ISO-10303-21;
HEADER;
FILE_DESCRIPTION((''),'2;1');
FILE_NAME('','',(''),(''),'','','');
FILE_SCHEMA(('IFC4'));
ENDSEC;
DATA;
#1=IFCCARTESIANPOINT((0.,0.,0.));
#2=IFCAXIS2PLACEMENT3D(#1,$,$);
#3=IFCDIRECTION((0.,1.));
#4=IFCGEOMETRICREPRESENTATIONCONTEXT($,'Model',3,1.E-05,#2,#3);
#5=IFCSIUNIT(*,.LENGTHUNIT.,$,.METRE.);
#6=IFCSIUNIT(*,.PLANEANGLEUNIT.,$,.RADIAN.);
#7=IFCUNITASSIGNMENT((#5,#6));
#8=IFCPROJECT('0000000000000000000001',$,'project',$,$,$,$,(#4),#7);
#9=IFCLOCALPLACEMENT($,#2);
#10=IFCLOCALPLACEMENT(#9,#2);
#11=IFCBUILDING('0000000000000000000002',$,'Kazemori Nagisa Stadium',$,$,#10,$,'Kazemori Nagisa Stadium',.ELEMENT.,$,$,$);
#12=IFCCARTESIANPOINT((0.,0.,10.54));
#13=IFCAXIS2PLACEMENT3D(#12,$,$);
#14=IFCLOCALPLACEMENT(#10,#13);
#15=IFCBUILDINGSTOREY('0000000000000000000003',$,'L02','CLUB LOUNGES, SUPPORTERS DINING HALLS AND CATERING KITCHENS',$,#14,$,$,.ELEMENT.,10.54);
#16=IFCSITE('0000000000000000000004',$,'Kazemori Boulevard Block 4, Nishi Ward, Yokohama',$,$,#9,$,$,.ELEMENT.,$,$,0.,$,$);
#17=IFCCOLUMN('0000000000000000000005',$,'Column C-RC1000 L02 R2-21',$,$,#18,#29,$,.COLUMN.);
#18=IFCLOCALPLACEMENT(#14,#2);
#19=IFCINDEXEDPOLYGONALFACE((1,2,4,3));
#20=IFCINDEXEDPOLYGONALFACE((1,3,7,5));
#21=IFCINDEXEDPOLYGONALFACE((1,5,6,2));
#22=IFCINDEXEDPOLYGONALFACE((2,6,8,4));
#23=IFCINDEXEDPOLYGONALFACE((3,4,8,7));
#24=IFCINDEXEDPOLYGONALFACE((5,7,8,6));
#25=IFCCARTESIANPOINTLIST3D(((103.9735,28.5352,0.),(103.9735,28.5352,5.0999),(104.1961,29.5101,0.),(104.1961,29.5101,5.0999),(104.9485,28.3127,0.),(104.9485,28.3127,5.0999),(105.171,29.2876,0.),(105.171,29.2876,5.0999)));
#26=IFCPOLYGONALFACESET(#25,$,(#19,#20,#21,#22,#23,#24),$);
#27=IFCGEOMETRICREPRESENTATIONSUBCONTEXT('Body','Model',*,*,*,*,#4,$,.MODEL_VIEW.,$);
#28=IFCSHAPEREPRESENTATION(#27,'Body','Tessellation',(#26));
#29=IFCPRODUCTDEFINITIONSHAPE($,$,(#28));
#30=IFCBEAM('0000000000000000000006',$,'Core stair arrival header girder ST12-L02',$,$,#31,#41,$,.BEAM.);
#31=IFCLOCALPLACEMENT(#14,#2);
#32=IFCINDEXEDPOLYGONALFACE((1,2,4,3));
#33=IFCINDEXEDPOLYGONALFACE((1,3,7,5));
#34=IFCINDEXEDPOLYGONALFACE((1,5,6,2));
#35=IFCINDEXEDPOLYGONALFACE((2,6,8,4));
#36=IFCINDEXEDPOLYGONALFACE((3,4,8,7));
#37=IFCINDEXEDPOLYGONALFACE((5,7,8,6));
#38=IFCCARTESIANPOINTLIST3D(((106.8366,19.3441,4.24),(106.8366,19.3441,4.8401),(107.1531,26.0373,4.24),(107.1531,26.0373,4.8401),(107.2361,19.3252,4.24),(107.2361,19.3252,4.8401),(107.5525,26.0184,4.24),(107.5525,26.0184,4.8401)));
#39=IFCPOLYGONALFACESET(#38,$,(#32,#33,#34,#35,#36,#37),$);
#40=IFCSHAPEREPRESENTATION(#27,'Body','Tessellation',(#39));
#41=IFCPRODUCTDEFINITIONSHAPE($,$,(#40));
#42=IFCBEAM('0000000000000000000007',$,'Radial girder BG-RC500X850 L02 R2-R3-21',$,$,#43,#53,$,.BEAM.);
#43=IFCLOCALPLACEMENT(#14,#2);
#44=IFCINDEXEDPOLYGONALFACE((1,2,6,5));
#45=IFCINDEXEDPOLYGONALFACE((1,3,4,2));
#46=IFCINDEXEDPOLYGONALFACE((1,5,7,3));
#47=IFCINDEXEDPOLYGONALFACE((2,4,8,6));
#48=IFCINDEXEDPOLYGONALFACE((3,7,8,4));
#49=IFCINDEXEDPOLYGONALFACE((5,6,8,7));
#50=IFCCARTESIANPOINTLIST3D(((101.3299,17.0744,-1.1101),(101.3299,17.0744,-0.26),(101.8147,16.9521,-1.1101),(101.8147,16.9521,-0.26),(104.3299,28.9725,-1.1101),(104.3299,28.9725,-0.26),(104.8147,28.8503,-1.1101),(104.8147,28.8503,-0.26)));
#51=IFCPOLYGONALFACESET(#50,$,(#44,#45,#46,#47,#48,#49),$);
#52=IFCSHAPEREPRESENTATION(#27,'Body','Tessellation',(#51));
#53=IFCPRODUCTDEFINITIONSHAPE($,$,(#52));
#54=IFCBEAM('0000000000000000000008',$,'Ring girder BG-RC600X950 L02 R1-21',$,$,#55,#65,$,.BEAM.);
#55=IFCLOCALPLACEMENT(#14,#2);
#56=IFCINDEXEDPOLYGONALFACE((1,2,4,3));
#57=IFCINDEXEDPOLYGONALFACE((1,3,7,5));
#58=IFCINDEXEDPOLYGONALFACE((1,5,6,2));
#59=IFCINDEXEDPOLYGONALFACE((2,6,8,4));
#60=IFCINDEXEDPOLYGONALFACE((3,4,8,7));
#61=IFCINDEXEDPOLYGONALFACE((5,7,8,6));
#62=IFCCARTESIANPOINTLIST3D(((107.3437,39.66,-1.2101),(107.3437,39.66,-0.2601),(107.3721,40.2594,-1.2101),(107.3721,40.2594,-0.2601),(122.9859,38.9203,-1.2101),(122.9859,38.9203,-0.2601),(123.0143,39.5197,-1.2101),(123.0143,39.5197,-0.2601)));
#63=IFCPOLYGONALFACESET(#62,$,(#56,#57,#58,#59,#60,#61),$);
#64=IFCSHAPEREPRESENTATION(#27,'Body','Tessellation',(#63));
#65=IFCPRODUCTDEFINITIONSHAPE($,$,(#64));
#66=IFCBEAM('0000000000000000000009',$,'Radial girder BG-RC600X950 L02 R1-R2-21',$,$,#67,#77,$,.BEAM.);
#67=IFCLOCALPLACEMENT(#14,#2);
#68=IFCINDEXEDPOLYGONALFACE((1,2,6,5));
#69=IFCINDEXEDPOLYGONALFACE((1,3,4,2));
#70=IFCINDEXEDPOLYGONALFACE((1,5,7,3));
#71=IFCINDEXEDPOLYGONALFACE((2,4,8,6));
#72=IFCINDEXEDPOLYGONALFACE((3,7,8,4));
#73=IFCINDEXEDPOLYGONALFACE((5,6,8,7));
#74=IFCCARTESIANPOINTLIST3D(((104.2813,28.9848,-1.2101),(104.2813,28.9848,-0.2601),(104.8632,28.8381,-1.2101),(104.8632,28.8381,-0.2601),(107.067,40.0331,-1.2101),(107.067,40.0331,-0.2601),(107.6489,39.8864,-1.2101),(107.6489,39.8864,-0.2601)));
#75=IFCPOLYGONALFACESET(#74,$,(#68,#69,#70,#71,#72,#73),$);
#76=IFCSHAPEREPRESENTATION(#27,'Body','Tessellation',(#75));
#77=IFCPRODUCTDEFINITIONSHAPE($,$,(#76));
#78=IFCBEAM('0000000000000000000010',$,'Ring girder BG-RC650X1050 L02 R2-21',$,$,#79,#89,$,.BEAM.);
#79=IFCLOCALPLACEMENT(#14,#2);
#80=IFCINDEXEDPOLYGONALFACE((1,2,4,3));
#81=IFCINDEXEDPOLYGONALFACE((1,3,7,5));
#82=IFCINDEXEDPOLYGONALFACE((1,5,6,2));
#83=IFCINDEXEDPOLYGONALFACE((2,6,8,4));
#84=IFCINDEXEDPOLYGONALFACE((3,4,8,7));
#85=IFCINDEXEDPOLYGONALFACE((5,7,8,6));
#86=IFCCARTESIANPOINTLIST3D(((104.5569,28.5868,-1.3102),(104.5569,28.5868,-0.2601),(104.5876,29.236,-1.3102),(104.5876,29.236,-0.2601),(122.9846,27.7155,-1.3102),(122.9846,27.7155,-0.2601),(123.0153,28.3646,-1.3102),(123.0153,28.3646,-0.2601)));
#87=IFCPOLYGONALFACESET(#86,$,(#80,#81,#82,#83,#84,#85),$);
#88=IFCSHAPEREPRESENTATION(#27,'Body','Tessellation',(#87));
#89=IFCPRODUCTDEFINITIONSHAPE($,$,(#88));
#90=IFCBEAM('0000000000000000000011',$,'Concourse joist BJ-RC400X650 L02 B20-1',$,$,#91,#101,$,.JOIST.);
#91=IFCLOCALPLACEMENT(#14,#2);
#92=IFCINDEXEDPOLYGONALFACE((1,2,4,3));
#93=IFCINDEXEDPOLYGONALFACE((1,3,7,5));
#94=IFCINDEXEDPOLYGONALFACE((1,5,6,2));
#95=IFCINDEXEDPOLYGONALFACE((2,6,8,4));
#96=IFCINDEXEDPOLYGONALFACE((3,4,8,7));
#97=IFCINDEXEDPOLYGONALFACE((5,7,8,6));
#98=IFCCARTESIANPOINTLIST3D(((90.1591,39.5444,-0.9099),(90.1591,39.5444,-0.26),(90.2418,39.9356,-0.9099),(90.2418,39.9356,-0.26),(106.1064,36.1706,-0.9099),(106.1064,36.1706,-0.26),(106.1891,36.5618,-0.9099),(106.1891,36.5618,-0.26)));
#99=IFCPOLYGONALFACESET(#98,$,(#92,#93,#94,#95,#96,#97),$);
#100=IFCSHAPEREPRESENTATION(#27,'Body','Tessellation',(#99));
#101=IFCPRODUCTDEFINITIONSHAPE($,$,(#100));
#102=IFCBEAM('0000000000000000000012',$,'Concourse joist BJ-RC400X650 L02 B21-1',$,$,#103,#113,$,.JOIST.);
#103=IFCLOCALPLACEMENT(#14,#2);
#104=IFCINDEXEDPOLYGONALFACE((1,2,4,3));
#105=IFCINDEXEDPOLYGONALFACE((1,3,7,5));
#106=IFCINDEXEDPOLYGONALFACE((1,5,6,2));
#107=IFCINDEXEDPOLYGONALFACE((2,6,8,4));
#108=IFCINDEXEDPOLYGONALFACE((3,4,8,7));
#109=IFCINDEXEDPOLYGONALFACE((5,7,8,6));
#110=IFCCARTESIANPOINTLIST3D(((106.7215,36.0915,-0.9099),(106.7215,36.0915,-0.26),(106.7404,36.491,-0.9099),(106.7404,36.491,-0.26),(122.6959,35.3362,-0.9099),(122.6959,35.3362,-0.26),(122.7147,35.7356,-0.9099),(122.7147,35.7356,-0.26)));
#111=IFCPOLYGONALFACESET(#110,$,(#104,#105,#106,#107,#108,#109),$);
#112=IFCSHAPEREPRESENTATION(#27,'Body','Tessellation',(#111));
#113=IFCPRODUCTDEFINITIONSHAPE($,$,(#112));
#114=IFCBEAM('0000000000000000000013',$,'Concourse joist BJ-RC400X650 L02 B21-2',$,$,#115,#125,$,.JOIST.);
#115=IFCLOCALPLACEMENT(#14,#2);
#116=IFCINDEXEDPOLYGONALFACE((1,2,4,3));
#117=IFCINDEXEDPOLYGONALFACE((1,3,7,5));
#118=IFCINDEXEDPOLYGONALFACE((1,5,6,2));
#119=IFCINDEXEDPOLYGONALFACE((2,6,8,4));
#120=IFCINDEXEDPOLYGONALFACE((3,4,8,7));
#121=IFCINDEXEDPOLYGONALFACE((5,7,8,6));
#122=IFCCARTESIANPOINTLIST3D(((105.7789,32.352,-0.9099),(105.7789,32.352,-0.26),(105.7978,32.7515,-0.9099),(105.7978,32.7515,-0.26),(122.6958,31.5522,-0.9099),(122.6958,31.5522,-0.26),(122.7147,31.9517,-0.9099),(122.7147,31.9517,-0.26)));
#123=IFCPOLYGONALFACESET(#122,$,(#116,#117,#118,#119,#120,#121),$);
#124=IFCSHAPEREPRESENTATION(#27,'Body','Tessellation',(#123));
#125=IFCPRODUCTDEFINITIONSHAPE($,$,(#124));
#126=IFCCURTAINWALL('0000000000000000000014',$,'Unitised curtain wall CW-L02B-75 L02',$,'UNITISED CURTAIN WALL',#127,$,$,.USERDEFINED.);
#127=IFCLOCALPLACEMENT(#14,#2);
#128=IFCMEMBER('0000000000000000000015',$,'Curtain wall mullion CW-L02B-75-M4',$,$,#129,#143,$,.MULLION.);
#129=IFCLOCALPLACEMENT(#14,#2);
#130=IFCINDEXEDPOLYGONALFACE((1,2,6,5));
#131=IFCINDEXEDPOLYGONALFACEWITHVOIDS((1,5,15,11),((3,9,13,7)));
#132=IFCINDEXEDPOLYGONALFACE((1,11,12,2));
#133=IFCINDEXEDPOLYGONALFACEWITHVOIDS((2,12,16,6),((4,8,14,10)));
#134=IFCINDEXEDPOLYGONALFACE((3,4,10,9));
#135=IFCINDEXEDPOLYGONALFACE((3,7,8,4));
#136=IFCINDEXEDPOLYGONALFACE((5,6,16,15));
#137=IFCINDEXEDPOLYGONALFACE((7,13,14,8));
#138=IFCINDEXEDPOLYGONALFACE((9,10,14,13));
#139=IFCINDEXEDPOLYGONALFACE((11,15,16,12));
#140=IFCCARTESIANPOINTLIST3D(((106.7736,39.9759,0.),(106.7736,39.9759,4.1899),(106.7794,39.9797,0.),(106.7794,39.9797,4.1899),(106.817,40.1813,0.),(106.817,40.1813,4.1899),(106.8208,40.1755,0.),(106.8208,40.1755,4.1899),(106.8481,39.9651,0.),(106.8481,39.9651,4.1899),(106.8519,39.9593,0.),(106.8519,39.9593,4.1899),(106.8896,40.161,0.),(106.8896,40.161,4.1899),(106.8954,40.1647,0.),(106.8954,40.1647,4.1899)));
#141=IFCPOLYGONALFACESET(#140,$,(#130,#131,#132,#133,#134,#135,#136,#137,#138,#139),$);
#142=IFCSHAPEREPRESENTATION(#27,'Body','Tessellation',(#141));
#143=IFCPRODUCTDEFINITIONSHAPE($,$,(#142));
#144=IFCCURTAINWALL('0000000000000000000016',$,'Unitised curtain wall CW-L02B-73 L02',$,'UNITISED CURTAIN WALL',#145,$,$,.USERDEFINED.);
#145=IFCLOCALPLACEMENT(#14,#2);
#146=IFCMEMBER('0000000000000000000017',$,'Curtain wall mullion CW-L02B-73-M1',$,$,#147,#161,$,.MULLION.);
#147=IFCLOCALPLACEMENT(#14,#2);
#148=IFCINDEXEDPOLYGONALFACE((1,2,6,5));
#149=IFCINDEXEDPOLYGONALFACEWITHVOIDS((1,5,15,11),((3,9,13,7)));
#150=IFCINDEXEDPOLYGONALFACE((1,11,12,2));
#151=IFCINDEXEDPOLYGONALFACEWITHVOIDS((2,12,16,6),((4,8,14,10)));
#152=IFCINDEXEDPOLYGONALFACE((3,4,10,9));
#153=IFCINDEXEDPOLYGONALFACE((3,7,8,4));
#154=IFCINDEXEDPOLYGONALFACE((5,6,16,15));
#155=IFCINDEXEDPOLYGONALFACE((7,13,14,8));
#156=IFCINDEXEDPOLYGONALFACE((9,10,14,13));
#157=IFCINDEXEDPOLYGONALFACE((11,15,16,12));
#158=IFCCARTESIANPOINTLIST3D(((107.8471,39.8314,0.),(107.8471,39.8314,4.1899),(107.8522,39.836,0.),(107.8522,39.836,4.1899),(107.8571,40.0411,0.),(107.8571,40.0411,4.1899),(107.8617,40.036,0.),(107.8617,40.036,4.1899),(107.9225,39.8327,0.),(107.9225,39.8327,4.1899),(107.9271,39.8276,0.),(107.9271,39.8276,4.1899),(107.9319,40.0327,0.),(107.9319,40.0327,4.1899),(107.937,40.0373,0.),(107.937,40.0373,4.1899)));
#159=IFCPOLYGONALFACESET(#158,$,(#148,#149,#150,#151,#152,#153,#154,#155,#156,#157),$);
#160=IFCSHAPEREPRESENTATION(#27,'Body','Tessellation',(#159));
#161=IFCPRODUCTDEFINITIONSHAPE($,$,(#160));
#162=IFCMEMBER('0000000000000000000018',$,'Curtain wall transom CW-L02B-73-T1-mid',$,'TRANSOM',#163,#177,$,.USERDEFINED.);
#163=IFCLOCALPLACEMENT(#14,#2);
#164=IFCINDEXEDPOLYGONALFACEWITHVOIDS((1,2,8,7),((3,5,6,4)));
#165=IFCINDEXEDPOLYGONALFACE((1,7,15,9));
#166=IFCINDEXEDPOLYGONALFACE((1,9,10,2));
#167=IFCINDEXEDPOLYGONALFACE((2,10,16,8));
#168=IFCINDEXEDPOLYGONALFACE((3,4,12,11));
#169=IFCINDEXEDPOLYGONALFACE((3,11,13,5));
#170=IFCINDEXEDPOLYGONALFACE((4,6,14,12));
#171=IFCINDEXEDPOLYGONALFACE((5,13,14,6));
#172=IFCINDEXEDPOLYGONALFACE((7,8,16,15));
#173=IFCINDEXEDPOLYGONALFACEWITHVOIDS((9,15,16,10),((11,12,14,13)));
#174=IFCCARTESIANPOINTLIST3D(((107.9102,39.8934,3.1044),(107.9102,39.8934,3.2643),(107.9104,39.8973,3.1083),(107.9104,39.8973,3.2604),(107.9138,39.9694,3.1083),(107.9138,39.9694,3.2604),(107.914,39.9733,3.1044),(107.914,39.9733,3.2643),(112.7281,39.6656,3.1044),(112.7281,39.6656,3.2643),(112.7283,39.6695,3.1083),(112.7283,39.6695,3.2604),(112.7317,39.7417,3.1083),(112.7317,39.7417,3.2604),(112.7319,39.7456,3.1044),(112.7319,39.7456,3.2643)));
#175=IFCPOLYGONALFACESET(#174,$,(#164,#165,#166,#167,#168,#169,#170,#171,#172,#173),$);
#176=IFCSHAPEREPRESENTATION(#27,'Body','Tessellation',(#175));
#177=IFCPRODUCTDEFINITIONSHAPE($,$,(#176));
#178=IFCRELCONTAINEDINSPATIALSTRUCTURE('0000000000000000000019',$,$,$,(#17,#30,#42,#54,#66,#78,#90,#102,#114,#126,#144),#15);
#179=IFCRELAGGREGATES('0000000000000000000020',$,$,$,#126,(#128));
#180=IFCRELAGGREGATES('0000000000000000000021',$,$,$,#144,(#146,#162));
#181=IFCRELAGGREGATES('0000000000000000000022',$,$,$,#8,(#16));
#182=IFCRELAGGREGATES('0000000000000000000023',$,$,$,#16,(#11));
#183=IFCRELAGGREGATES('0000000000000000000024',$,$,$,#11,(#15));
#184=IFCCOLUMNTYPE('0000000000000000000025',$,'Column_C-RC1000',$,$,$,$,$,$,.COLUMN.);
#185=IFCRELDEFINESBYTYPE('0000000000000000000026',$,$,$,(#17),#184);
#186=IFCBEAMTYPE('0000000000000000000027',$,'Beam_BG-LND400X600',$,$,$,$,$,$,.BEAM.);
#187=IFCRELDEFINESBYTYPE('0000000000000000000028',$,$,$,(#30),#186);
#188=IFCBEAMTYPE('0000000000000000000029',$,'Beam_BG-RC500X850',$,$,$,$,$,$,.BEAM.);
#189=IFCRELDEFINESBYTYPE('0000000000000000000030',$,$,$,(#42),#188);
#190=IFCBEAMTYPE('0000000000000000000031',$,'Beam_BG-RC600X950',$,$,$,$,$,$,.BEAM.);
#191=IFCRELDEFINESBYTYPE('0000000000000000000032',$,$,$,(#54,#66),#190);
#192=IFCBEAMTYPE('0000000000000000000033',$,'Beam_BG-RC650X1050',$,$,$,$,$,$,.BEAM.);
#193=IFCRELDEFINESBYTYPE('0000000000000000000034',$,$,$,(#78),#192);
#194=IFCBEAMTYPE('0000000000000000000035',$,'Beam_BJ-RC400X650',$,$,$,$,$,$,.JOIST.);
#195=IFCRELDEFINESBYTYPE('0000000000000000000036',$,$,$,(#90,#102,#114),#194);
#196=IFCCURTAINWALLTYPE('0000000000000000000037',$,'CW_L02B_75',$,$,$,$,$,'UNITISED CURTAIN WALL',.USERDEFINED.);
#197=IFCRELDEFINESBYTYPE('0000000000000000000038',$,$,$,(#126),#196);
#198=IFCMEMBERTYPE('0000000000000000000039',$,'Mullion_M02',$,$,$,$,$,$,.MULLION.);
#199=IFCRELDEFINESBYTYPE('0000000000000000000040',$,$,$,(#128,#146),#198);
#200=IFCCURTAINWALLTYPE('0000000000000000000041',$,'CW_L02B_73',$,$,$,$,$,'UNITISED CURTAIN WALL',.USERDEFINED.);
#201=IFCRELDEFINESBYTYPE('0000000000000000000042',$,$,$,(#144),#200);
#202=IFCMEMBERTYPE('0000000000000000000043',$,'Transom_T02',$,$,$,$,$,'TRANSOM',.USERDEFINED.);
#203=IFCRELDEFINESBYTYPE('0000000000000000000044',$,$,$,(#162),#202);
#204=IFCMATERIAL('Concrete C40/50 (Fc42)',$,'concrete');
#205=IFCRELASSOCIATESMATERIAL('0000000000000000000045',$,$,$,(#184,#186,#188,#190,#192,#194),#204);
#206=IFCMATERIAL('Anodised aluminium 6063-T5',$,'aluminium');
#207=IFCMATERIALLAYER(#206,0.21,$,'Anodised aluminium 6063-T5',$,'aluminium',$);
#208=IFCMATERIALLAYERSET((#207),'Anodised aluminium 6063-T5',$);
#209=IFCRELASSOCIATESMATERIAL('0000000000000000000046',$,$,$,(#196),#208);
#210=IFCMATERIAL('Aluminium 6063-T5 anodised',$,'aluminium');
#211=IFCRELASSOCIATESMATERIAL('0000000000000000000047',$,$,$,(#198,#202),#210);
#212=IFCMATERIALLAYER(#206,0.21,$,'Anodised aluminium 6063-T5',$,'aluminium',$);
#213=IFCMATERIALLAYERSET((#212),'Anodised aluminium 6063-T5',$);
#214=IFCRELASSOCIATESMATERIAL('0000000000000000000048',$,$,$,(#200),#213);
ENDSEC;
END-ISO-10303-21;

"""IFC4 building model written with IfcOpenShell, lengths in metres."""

from ifc_helpers import new_model, si_unit, direction, frame, origin, origin_2d, place, context, subcontext, project, spatial, rectangle, hollow_rectangle, extrude, material, layer, layer_set, material_profile, profile_set, type_object, element, aggregate, save


model = new_model("IFC4")

# Units and contexts
model_context = context("Model", 3, precision=1e-05, world=origin(), true_north=direction((0.0, 1.0)))
body_context = subcontext(model_context, "Body", "Model", "MODEL_VIEW")
ifc_project = project(units=[si_unit("LENGTHUNIT", "METRE"), si_unit("PLANEANGLEUNIT", "RADIAN")], contexts=[model_context])

# Site, building, storey
site_placement = place(None, origin())
site = spatial("IfcSite", under=ifc_project, at=site_placement, Name="Kazemori Boulevard Block 4, Nishi Ward, Yokohama", CompositionType="ELEMENT", RefElevation=0.0)
building_placement = place(site_placement, origin())
building = spatial("IfcBuilding", under=site, at=building_placement, Name="Kazemori Nagisa Stadium", LongName="Kazemori Nagisa Stadium", CompositionType="ELEMENT")
storey_placement = place(building_placement, frame((0.0, 0.0, 10.54)))
storey = spatial("IfcBuildingStorey", under=building, at=storey_placement, Name="L02", Description="CLUB LOUNGES, SUPPORTERS DINING HALLS AND CATERING KITCHENS", CompositionType="ELEMENT", Elevation=10.54)

# Column
ifc_material_1 = material(Name="Concrete C40/50 (Fc42)", Category="concrete")
ifc_material_profile_1 = material_profile(ifc_material_1, rectangle(XDim=1.0, YDim=1.0, at=origin_2d()), Name="RC-COL-1000x1000")
ifc_profile_set_1 = profile_set([ifc_material_profile_1], Name="Concrete C40/50 (Fc42)")
column_type_1 = type_object("IfcColumnType", Name="Column_C-RC1000", PredefinedType="COLUMN", material=ifc_profile_set_1)
column_1_placement = place(storey_placement, frame((104.5723, 28.9114, 0.0), z_axis=(0.0, 0.0, 1.0), x_axis=(-0.222521, -0.974928, 0.0)))
element("IfcColumn", 1, at=column_1_placement, inside=storey, type_object=column_type_1, Name="Column C-RC1000 L02 R2-21", PredefinedType="COLUMN", context=body_context, shape_type="SweptSolid", body=[
    extrude(rectangle(XDim=1.0, YDim=1.0, at=origin_2d()), origin(), (0.0, 0.0, 1.0), 5.0999),
])

# Beams
ifc_material_profile_2 = material_profile(ifc_material_1, rectangle(XDim=0.3999, YDim=0.6001, at=origin_2d()), Name="RC-BM-400x600")
ifc_profile_set_2 = profile_set([ifc_material_profile_2], Name="Concrete C40/50 (Fc42)")
beam_type_1 = type_object("IfcBeamType", Name="Beam_BG-LND400X600", PredefinedType="BEAM", material=ifc_profile_set_2)
beam_1_placement = place(storey_placement, frame((107.3528, 26.0278, 4.54), z_axis=(-0.047221, -0.998884, 0.0), x_axis=(0.998884, -0.047221, 0.0)))
element("IfcBeam", 2, at=beam_1_placement, inside=storey, type_object=beam_type_1, Name="Core stair arrival header girder ST12-L02", PredefinedType="BEAM", context=body_context, shape_type="SweptSolid", body=[
    extrude(rectangle(XDim=0.3999, YDim=0.6001, at=origin_2d()), origin(), (0.0, 0.0, 1.0), 6.7007),
])
ifc_material_profile_3 = material_profile(ifc_material_1, rectangle(XDim=0.5, YDim=0.8501, at=origin_2d()), Name="RC-BM-500x850")
ifc_profile_set_3 = profile_set([ifc_material_profile_3], Name="Concrete C40/50 (Fc42)")
beam_type_2 = type_object("IfcBeamType", Name="Beam_BG-RC500X850", PredefinedType="BEAM", material=ifc_profile_set_3)
beam_2_placement = place(storey_placement, frame((104.5723, 28.9114, -0.6851), z_axis=(-0.244487, -0.969652, 0.0), x_axis=(0.969652, -0.244487, 0.0)))
element("IfcBeam", 3, at=beam_2_placement, inside=storey, type_object=beam_type_2, Name="Radial girder BG-RC500X850 L02 R2-R3-21", PredefinedType="BEAM", context=body_context, shape_type="SweptSolid", body=[
    extrude(rectangle(XDim=0.5, YDim=0.8501, at=origin_2d()), origin(), (0.0, 0.0, 1.0), 12.2705),
])
ifc_material_profile_4 = material_profile(ifc_material_1, rectangle(XDim=0.6001, YDim=0.95, at=origin_2d()), Name="RC-BM-600x950")
ifc_profile_set_4 = profile_set([ifc_material_profile_4], Name="Concrete C40/50 (Fc42)")
beam_type_3 = type_object("IfcBeamType", Name="Beam_BG-RC600X950", PredefinedType="BEAM", material=ifc_profile_set_4)
beam_3_placement = place(storey_placement, frame((107.3579, 39.9597, -0.7351), z_axis=(0.998884, -0.047239, 0.0), x_axis=(0.047239, 0.998884, 0.0)))
element("IfcBeam", 4, at=beam_3_placement, inside=storey, type_object=beam_type_3, Name="Ring girder BG-RC600X950 L02 R1-21", PredefinedType="BEAM", context=body_context, shape_type="SweptSolid", body=[
    extrude(rectangle(XDim=0.6001, YDim=0.95, at=origin_2d()), origin(), (0.0, 0.0, 1.0), 15.6597),
])
beam_4_placement = place(storey_placement, frame((107.3579, 39.9597, -0.7351), z_axis=(-0.244481, -0.969654, 0.0), x_axis=(0.969654, -0.244481, 0.0)))
element("IfcBeam", 5, at=beam_4_placement, inside=storey, type_object=beam_type_3, Name="Radial girder BG-RC600X950 L02 R1-R2-21", PredefinedType="BEAM", context=body_context, shape_type="SweptSolid", body=[
    extrude(rectangle(XDim=0.6001, YDim=0.95, at=origin_2d()), origin(), (0.0, 0.0, 1.0), 11.394),
])
ifc_material_profile_5 = material_profile(ifc_material_1, rectangle(XDim=0.6499, YDim=1.05, at=origin_2d()), Name="RC-BM-650x1050")
ifc_profile_set_5 = profile_set([ifc_material_profile_5], Name="Concrete C40/50 (Fc42)")
beam_type_4 = type_object("IfcBeamType", Name="Beam_BG-RC650X1050", PredefinedType="BEAM", material=ifc_profile_set_5)
beam_5_placement = place(storey_placement, frame((104.5723, 28.9114, -0.7852), z_axis=(0.998884, -0.047231, 0.0), x_axis=(0.047231, 0.998884, 0.0)))
element("IfcBeam", 6, at=beam_5_placement, inside=storey, type_object=beam_type_4, Name="Ring girder BG-RC650X1050 L02 R2-21", PredefinedType="BEAM", context=body_context, shape_type="SweptSolid", body=[
    extrude(rectangle(XDim=0.6499, YDim=1.05, at=origin_2d()), origin(), (0.0, 0.0, 1.0), 18.4482),
])
ifc_material_profile_6 = material_profile(ifc_material_1, rectangle(XDim=0.3999, YDim=0.6499, at=origin_2d()), Name="RC-BM-400x650")
ifc_profile_set_6 = profile_set([ifc_material_profile_6], Name="Concrete C40/50 (Fc42)")
beam_type_5 = type_object("IfcBeamType", Name="Beam_BJ-RC400X650", PredefinedType="JOIST", material=ifc_profile_set_6)
beam_6_placement = place(storey_placement, frame((90.2004, 39.74, -0.585), z_axis=(0.978346, -0.206977, 0.0), x_axis=(0.206977, 0.978346, 0.0)))
element("IfcBeam", 7, at=beam_6_placement, inside=storey, type_object=beam_type_5, Name="Concourse joist BJ-RC400X650 L02 B20-1", PredefinedType="JOIST", context=body_context, shape_type="SweptSolid", body=[
    extrude(rectangle(XDim=0.3999, YDim=0.6499, at=origin_2d()), origin(), (0.0, 0.0, 1.0), 16.3003),
])
beam_7_placement = place(storey_placement, frame((106.731, 36.2913, -0.585), z_axis=(0.998884, -0.047234, 0.0), x_axis=(0.047234, 0.998884, 0.0)))
element("IfcBeam", 8, at=beam_7_placement, inside=storey, type_object=beam_type_5, Name="Concourse joist BJ-RC400X650 L02 B21-1", PredefinedType="JOIST", context=body_context, shape_type="SweptSolid", body=[
    extrude(rectangle(XDim=0.3999, YDim=0.6499, at=origin_2d()), origin(), (0.0, 0.0, 1.0), 15.9922),
])
beam_8_placement = place(storey_placement, frame((105.7883, 32.5518, -0.585), z_axis=(0.998884, -0.047225, 0.0), x_axis=(0.047225, 0.998884, 0.0)))
element("IfcBeam", 9, at=beam_8_placement, inside=storey, type_object=beam_type_5, Name="Concourse joist BJ-RC400X650 L02 B21-2", PredefinedType="JOIST", context=body_context, shape_type="SweptSolid", body=[
    extrude(rectangle(XDim=0.3999, YDim=0.6499, at=origin_2d()), origin(), (0.0, 0.0, 1.0), 16.9358),
])

# Curtain wall, member
ifc_material_2 = material(Name="Anodised aluminium 6063-T5", Category="aluminium")
ifc_layer_1 = layer(ifc_material_2, 0.21, Name="Anodised aluminium 6063-T5", Category="aluminium")
ifc_layer_set_1 = layer_set([ifc_layer_1], Name="Anodised aluminium 6063-T5")
curtain_wall_type_1 = type_object("IfcCurtainWallType", Name="CW_L02B_75", ElementType="UNITISED CURTAIN WALL", PredefinedType="USERDEFINED", material=ifc_layer_set_1)
curtain_wall_1_placement = place(storey_placement, origin())
curtain_wall_1 = element("IfcCurtainWall", 10, at=curtain_wall_1_placement, inside=storey, type_object=curtain_wall_type_1, Name="Unitised curtain wall CW-L02B-75 L02", ObjectType="UNITISED CURTAIN WALL", PredefinedType="USERDEFINED")
ifc_material_3 = material(Name="Aluminium 6063-T5 anodised", Category="aluminium")
ifc_material_profile_7 = material_profile(ifc_material_3, hollow_rectangle(XDim=0.0801, YDim=0.21, WallThickness=0.0049, at=origin_2d()), Name="ALU-MULL-80x210x5")
ifc_profile_set_7 = profile_set([ifc_material_profile_7], Name="Aluminium 6063-T5 anodised")
member_type_1 = type_object("IfcMemberType", Name="Mullion_M02", PredefinedType="MULLION", material=ifc_profile_set_7)
member_1_placement = place(storey_placement, frame((106.8345, 40.0703, 0.0), z_axis=(0.0, 0.0, 1.0), x_axis=(0.978345, -0.206981, 0.0)))
member_1 = element("IfcMember", 11, at=member_1_placement, type_object=member_type_1, Name="Curtain wall mullion CW-L02B-75-M4", PredefinedType="MULLION", context=body_context, shape_type="SweptSolid", body=[
    extrude(hollow_rectangle(XDim=0.0801, YDim=0.21, WallThickness=0.0049, at=origin_2d()), origin(), (0.0, 0.0, 1.0), 4.1899),
])
aggregate(curtain_wall_1, [member_1])

# Curtain wall, members
ifc_layer_2 = layer(ifc_material_2, 0.21, Name="Anodised aluminium 6063-T5", Category="aluminium")
ifc_layer_set_2 = layer_set([ifc_layer_2], Name="Anodised aluminium 6063-T5")
curtain_wall_type_2 = type_object("IfcCurtainWallType", Name="CW_L02B_73", ElementType="UNITISED CURTAIN WALL", PredefinedType="USERDEFINED", material=ifc_layer_set_2)
curtain_wall_2_placement = place(storey_placement, origin())
curtain_wall_2 = element("IfcCurtainWall", 12, at=curtain_wall_2_placement, inside=storey, type_object=curtain_wall_type_2, Name="Unitised curtain wall CW-L02B-73 L02", ObjectType="UNITISED CURTAIN WALL", PredefinedType="USERDEFINED")
member_2_placement = place(storey_placement, frame((107.8921, 39.9343, 0.0), z_axis=(0.0, 0.0, 1.0), x_axis=(0.998884, -0.04723, 0.0)))
member_2 = element("IfcMember", 13, at=member_2_placement, type_object=member_type_1, Name="Curtain wall mullion CW-L02B-73-M1", PredefinedType="MULLION", context=body_context, shape_type="SweptSolid", body=[
    extrude(hollow_rectangle(XDim=0.0801, YDim=0.21, WallThickness=0.0049, at=origin_2d()), origin(), (0.0, 0.0, 1.0), 4.1899),
])
ifc_material_profile_8 = material_profile(ifc_material_3, hollow_rectangle(XDim=0.0801, YDim=0.1599, WallThickness=0.0039, at=origin_2d()), Name="ALU-TRAN-80x160x4")
ifc_profile_set_8 = profile_set([ifc_material_profile_8], Name="Aluminium 6063-T5 anodised")
member_type_2 = type_object("IfcMemberType", Name="Transom_T02", ElementType="TRANSOM", PredefinedType="USERDEFINED", material=ifc_profile_set_8)
member_3_placement = place(storey_placement, frame((107.9121, 39.9333, 3.1843), z_axis=(0.998884, -0.047226, 0.0), x_axis=(0.047226, 0.998884, 0.0)))
member_3 = element("IfcMember", 14, at=member_3_placement, type_object=member_type_2, Name="Curtain wall transom CW-L02B-73-T1-mid", ObjectType="TRANSOM", PredefinedType="USERDEFINED", context=body_context, shape_type="SweptSolid", body=[
    extrude(hollow_rectangle(XDim=0.0801, YDim=0.1599, WallThickness=0.0039, at=origin_2d()), origin(), (0.0, 0.0, 1.0), 4.8232),
])
aggregate(curtain_wall_2, [member_2, member_3])

save(model, "model.ifc")
